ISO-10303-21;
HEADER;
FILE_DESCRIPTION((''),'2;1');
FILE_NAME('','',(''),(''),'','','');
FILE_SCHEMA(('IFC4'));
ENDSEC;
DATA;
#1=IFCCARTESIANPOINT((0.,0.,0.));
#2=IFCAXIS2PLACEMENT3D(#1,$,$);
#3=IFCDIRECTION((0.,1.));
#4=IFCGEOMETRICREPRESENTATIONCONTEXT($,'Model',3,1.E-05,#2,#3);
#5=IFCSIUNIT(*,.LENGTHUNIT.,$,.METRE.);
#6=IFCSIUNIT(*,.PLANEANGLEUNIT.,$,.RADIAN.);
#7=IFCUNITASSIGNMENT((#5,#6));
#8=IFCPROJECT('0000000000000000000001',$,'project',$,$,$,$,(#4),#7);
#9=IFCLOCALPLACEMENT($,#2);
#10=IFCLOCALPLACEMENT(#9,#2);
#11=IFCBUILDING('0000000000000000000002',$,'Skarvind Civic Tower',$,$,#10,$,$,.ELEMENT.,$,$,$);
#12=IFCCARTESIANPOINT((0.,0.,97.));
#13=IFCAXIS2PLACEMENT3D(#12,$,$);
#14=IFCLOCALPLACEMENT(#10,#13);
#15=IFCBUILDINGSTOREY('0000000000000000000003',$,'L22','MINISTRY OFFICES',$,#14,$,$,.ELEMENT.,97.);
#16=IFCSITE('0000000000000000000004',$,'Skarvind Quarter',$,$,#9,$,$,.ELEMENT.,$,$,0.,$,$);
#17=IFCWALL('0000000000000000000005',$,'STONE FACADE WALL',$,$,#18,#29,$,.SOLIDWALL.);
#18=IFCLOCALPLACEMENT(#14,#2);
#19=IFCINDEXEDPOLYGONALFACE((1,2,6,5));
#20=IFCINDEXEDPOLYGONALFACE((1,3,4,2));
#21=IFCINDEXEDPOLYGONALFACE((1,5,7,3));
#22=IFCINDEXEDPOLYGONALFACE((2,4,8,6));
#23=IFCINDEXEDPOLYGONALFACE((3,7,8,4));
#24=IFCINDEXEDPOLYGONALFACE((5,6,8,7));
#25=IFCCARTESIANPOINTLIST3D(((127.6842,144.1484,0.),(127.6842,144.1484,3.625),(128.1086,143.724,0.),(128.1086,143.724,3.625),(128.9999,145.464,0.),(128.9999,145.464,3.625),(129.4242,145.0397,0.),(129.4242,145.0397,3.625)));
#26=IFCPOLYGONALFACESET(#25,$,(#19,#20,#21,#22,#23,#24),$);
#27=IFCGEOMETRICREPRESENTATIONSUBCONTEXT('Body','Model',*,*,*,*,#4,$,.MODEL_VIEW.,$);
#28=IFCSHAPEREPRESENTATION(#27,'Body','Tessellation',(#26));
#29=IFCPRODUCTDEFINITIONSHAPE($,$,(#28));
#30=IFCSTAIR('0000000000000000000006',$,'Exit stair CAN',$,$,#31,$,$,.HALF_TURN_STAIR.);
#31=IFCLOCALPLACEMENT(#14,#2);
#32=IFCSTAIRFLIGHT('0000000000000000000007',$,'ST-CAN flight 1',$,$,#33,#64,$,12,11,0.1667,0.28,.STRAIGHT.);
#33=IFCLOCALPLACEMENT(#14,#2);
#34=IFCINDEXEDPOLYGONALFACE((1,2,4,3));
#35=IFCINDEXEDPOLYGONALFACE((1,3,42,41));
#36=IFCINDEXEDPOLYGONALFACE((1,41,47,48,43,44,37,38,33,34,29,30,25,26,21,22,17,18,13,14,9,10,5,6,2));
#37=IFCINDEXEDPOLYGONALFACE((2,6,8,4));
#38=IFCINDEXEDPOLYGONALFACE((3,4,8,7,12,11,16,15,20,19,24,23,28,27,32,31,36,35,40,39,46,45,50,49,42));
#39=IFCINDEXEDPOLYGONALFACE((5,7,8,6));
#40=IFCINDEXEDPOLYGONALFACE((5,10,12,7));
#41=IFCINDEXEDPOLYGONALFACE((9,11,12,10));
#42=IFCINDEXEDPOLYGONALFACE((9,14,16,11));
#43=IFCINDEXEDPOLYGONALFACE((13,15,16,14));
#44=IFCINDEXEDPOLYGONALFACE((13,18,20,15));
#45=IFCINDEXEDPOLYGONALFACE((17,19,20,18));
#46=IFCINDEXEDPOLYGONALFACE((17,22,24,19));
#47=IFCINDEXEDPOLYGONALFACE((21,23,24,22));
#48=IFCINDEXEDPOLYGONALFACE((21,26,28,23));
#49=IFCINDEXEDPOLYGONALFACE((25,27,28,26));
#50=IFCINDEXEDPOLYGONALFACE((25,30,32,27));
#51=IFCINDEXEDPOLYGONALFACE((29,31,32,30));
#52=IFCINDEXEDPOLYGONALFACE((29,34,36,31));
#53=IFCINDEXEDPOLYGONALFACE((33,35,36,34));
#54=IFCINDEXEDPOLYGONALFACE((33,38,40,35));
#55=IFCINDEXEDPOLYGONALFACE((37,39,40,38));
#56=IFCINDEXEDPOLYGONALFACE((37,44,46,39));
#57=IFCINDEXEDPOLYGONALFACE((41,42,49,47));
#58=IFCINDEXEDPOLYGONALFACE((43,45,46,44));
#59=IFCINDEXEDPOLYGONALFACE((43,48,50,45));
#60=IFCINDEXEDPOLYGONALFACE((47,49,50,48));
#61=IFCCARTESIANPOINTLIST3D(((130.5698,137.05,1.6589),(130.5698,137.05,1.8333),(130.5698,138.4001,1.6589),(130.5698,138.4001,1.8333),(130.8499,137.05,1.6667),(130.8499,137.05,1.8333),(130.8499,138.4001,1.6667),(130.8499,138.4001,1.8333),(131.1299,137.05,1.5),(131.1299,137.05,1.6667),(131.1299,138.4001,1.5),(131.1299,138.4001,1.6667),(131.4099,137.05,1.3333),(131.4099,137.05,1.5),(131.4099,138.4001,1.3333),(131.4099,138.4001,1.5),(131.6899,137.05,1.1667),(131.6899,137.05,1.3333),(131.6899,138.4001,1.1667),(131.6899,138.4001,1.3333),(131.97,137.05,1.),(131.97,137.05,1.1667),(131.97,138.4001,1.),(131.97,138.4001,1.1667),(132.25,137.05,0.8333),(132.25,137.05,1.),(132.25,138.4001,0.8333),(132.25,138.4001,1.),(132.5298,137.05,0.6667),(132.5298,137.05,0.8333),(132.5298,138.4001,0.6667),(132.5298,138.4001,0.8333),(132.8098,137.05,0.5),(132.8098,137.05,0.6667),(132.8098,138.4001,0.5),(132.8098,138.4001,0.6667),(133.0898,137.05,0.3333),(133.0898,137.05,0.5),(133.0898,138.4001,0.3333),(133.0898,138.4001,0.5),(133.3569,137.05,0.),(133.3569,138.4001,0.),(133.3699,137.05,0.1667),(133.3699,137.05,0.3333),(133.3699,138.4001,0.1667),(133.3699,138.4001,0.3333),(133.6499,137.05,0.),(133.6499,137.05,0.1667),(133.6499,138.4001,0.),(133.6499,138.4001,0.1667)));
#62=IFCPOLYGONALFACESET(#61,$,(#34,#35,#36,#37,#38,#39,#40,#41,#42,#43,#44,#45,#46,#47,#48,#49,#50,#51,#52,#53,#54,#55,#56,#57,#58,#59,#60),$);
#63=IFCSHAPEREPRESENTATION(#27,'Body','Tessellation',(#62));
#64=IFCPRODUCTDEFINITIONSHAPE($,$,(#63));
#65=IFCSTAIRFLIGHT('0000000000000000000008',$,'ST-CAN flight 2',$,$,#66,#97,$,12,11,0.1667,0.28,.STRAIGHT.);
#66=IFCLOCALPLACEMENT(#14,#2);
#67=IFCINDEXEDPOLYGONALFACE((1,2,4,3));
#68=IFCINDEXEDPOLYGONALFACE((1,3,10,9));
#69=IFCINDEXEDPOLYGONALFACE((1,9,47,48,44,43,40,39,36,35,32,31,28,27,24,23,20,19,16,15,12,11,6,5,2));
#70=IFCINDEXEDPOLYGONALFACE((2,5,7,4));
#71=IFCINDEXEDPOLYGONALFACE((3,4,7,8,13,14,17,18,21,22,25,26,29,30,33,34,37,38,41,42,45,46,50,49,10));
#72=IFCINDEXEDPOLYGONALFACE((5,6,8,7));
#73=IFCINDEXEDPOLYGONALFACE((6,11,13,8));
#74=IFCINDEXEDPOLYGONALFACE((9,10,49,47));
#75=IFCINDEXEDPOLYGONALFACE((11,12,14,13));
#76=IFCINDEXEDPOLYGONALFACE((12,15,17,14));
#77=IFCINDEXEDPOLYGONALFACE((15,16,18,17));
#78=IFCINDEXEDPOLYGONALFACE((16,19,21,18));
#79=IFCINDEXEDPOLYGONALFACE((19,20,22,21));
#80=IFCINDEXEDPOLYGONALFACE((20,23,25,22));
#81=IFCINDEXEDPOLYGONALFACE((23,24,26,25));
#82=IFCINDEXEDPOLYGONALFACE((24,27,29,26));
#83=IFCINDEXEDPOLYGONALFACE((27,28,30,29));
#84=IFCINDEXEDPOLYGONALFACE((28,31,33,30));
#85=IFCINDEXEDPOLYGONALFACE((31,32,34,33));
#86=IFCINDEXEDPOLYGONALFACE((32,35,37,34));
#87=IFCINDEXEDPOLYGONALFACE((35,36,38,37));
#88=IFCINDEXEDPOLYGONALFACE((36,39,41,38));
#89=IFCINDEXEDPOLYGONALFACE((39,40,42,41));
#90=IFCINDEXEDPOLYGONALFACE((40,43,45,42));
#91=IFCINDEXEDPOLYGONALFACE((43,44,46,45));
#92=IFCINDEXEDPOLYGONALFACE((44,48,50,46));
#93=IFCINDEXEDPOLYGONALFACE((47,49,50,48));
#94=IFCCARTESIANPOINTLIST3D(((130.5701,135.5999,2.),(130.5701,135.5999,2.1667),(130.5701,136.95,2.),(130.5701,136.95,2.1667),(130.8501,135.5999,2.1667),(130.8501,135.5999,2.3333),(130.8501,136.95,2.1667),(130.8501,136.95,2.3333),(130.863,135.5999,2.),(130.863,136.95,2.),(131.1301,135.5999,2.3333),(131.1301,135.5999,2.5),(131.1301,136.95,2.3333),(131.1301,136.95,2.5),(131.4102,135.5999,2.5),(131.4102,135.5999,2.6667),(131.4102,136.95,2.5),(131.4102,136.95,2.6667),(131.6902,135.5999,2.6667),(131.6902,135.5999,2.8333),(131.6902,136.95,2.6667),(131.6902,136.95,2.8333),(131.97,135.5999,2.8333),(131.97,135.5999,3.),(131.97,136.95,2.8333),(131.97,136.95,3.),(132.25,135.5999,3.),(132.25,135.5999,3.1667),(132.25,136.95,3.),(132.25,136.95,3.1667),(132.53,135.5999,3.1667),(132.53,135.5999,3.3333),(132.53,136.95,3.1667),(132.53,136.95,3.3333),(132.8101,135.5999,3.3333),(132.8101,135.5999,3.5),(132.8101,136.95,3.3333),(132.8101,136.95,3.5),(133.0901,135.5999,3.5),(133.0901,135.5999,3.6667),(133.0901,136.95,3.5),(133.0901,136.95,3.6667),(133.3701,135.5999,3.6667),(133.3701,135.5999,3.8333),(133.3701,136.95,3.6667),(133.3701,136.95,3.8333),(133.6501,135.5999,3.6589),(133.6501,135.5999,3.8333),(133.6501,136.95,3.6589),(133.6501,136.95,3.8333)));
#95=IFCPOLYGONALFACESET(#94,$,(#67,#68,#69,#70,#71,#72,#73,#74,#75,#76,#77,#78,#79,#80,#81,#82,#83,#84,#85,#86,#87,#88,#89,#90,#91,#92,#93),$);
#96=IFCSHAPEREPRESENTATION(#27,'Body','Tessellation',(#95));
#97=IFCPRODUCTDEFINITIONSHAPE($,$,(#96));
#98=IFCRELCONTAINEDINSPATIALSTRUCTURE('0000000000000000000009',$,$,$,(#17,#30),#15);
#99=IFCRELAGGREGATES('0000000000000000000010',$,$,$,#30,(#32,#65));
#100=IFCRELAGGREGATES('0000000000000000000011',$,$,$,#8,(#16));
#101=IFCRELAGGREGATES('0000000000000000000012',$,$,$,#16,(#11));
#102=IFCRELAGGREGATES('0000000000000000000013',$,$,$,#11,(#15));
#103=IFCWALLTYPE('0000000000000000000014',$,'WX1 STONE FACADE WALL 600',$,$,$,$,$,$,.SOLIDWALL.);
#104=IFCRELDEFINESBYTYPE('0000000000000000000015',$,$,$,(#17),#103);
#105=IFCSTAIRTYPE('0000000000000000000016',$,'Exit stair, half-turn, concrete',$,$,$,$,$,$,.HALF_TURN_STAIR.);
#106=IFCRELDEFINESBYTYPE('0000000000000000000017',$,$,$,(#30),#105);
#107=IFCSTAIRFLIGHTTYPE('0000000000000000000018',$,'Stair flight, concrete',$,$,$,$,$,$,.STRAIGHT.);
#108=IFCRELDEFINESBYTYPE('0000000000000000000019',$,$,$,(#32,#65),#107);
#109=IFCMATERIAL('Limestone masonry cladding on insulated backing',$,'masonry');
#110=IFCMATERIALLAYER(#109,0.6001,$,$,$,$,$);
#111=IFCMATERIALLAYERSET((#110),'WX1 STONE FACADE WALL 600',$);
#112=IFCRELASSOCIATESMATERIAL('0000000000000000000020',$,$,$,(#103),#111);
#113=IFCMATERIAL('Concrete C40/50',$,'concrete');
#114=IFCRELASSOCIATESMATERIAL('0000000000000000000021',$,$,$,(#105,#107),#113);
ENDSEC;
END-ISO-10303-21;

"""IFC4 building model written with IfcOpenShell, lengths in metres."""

from ifc_helpers import new_model, si_unit, direction, frame, frame_2d, origin, place, context, subcontext, project, spatial, polyline, rectangle, outline, extrude, material, layer, layer_set, type_object, element, aggregate, save


model = new_model("IFC4")

# Units and contexts
model_context = context("Model", 3, precision=1e-05, world=origin(), true_north=direction((0.0, 1.0)))
body_context = subcontext(model_context, "Body", "Model", "MODEL_VIEW")
ifc_project = project(units=[si_unit("LENGTHUNIT", "METRE"), si_unit("PLANEANGLEUNIT", "RADIAN")], contexts=[model_context])

# Site, building, storey
site_placement = place(None, origin())
site = spatial("IfcSite", under=ifc_project, at=site_placement, Name="Skarvind Quarter", CompositionType="ELEMENT", RefElevation=0.0)
building_placement = place(site_placement, origin())
building = spatial("IfcBuilding", under=site, at=building_placement, Name="Skarvind Civic Tower", CompositionType="ELEMENT")
storey_placement = place(building_placement, frame((0.0, 0.0, 97.0)))
storey = spatial("IfcBuildingStorey", under=building, at=storey_placement, Name="L22", Description="MINISTRY OFFICES", CompositionType="ELEMENT", Elevation=97.0)

# Shared definitions
ifc_material_1 = material(Name="Limestone masonry cladding on insulated backing", Category="masonry")
ifc_layer_1 = layer(ifc_material_1, 0.6001)
ifc_layer_set_1 = layer_set([ifc_layer_1], Name="WX1 STONE FACADE WALL 600")
wall_type_1 = type_object("IfcWallType", Name="WX1 STONE FACADE WALL 600", PredefinedType="SOLIDWALL", material=ifc_layer_set_1)

# Wall
for number, where, z_axis, x_axis, name in (
    (1, (127.8965, 143.9363, 0.0), (0.0, 0.0, 1.0), (0.707107, 0.707107, 0.0), "STONE FACADE WALL"),
):
    element("IfcWall", number, at=place(storey_placement, frame(where, z_axis=z_axis, x_axis=x_axis)), inside=storey, type_object=wall_type_1, Name=name, PredefinedType="SOLIDWALL", context=body_context, shape_type="SweptSolid", body=[
        extrude(rectangle(XDim=1.8606, YDim=0.6001, at=frame_2d((0.9302, 0.0))), origin(), (0.0, 0.0, 1.0), 3.625),
    ])

# Stair, stair flights
ifc_material_2 = material(Name="Concrete C40/50", Category="concrete")
stair_type = type_object("IfcStairType", Name="Exit stair, half-turn, concrete", PredefinedType="HALF_TURN_STAIR", material=ifc_material_2)
stair_placement = place(storey_placement, origin())
stair = element("IfcStair", 2, at=stair_placement, inside=storey, type_object=stair_type, Name="Exit stair CAN", PredefinedType="HALF_TURN_STAIR")
stair_flight_type = type_object("IfcStairFlightType", Name="Stair flight, concrete", PredefinedType="STRAIGHT", material=ifc_material_2)
stair_flight_1_placement = place(storey_placement, frame((133.6499, 137.7251, 0.0), z_axis=(0.0, 0.0, 1.0), x_axis=(-1.0, 0.0, 0.0)))
stair_flight_1 = element("IfcStairFlight", 3, at=stair_flight_1_placement, type_object=stair_flight_type, Name="ST-CAN flight 1", NumberOfRisers=12, NumberOfTreads=11, PredefinedType="STRAIGHT", RiserHeight=0.1667, TreadLength=0.28, context=body_context, shape_type="SweptSolid", body=[
    extrude(outline(polyline([(0.0, 0.0), (0.0, 0.1667), (0.28, 0.1667), (0.28, 0.3333), (0.5601, 0.3333), (0.5601, 0.5), (0.8401, 0.5), (0.8401, 0.6667), (1.1201, 0.6667), (1.1201, 0.8333), (1.3999, 0.8333), (1.3999, 1.0), (1.6799, 1.0), (1.6799, 1.1667), (1.96, 1.1667), (1.96, 1.3333), (2.24, 1.3333), (2.24, 1.5), (2.52, 1.5), (2.52, 1.6667), (2.8, 1.6667), (2.8, 1.8333), (3.0801, 1.8333), (3.0801, 2.0), (3.0801, 1.6589), (0.293, 0.0), (0.0, 0.0)])), frame((0.0, 0.675, 0.0), z_axis=(0.0, -1.0, 0.0), x_axis=(1.0, 0.0, 0.0)), (0.0, 0.0, 1.0), 1.3501),
])
stair_flight_2_placement = place(storey_placement, frame((130.5701, 136.2749, 2.0), z_axis=(0.0, 0.0, 1.0), x_axis=(1.0, 0.0, 0.0)))
stair_flight_2 = element("IfcStairFlight", 4, at=stair_flight_2_placement, type_object=stair_flight_type, Name="ST-CAN flight 2", NumberOfRisers=12, NumberOfTreads=11, PredefinedType="STRAIGHT", RiserHeight=0.1667, TreadLength=0.28, context=body_context, shape_type="SweptSolid", body=[
    extrude(outline(polyline([(0.0, 0.0), (0.0, 0.1667), (0.28, 0.1667), (0.28, 0.3333), (0.5601, 0.3333), (0.5601, 0.5), (0.8401, 0.5), (0.8401, 0.6667), (1.1201, 0.6667), (1.1201, 0.8333), (1.3999, 0.8333), (1.3999, 1.0), (1.6799, 1.0), (1.6799, 1.1667), (1.96, 1.1667), (1.96, 1.3333), (2.24, 1.3333), (2.24, 1.5), (2.52, 1.5), (2.52, 1.6667), (2.8, 1.6667), (2.8, 1.8333), (3.0801, 1.8333), (3.0801, 2.0), (3.0801, 1.6589), (0.293, 0.0), (0.0, 0.0)])), frame((0.0, 0.675, 0.0), z_axis=(0.0, -1.0, 0.0), x_axis=(1.0, 0.0, 0.0)), (0.0, 0.0, 1.0), 1.3501),
])
aggregate(stair, [stair_flight_1, stair_flight_2])

save(model, "model.ifc")
